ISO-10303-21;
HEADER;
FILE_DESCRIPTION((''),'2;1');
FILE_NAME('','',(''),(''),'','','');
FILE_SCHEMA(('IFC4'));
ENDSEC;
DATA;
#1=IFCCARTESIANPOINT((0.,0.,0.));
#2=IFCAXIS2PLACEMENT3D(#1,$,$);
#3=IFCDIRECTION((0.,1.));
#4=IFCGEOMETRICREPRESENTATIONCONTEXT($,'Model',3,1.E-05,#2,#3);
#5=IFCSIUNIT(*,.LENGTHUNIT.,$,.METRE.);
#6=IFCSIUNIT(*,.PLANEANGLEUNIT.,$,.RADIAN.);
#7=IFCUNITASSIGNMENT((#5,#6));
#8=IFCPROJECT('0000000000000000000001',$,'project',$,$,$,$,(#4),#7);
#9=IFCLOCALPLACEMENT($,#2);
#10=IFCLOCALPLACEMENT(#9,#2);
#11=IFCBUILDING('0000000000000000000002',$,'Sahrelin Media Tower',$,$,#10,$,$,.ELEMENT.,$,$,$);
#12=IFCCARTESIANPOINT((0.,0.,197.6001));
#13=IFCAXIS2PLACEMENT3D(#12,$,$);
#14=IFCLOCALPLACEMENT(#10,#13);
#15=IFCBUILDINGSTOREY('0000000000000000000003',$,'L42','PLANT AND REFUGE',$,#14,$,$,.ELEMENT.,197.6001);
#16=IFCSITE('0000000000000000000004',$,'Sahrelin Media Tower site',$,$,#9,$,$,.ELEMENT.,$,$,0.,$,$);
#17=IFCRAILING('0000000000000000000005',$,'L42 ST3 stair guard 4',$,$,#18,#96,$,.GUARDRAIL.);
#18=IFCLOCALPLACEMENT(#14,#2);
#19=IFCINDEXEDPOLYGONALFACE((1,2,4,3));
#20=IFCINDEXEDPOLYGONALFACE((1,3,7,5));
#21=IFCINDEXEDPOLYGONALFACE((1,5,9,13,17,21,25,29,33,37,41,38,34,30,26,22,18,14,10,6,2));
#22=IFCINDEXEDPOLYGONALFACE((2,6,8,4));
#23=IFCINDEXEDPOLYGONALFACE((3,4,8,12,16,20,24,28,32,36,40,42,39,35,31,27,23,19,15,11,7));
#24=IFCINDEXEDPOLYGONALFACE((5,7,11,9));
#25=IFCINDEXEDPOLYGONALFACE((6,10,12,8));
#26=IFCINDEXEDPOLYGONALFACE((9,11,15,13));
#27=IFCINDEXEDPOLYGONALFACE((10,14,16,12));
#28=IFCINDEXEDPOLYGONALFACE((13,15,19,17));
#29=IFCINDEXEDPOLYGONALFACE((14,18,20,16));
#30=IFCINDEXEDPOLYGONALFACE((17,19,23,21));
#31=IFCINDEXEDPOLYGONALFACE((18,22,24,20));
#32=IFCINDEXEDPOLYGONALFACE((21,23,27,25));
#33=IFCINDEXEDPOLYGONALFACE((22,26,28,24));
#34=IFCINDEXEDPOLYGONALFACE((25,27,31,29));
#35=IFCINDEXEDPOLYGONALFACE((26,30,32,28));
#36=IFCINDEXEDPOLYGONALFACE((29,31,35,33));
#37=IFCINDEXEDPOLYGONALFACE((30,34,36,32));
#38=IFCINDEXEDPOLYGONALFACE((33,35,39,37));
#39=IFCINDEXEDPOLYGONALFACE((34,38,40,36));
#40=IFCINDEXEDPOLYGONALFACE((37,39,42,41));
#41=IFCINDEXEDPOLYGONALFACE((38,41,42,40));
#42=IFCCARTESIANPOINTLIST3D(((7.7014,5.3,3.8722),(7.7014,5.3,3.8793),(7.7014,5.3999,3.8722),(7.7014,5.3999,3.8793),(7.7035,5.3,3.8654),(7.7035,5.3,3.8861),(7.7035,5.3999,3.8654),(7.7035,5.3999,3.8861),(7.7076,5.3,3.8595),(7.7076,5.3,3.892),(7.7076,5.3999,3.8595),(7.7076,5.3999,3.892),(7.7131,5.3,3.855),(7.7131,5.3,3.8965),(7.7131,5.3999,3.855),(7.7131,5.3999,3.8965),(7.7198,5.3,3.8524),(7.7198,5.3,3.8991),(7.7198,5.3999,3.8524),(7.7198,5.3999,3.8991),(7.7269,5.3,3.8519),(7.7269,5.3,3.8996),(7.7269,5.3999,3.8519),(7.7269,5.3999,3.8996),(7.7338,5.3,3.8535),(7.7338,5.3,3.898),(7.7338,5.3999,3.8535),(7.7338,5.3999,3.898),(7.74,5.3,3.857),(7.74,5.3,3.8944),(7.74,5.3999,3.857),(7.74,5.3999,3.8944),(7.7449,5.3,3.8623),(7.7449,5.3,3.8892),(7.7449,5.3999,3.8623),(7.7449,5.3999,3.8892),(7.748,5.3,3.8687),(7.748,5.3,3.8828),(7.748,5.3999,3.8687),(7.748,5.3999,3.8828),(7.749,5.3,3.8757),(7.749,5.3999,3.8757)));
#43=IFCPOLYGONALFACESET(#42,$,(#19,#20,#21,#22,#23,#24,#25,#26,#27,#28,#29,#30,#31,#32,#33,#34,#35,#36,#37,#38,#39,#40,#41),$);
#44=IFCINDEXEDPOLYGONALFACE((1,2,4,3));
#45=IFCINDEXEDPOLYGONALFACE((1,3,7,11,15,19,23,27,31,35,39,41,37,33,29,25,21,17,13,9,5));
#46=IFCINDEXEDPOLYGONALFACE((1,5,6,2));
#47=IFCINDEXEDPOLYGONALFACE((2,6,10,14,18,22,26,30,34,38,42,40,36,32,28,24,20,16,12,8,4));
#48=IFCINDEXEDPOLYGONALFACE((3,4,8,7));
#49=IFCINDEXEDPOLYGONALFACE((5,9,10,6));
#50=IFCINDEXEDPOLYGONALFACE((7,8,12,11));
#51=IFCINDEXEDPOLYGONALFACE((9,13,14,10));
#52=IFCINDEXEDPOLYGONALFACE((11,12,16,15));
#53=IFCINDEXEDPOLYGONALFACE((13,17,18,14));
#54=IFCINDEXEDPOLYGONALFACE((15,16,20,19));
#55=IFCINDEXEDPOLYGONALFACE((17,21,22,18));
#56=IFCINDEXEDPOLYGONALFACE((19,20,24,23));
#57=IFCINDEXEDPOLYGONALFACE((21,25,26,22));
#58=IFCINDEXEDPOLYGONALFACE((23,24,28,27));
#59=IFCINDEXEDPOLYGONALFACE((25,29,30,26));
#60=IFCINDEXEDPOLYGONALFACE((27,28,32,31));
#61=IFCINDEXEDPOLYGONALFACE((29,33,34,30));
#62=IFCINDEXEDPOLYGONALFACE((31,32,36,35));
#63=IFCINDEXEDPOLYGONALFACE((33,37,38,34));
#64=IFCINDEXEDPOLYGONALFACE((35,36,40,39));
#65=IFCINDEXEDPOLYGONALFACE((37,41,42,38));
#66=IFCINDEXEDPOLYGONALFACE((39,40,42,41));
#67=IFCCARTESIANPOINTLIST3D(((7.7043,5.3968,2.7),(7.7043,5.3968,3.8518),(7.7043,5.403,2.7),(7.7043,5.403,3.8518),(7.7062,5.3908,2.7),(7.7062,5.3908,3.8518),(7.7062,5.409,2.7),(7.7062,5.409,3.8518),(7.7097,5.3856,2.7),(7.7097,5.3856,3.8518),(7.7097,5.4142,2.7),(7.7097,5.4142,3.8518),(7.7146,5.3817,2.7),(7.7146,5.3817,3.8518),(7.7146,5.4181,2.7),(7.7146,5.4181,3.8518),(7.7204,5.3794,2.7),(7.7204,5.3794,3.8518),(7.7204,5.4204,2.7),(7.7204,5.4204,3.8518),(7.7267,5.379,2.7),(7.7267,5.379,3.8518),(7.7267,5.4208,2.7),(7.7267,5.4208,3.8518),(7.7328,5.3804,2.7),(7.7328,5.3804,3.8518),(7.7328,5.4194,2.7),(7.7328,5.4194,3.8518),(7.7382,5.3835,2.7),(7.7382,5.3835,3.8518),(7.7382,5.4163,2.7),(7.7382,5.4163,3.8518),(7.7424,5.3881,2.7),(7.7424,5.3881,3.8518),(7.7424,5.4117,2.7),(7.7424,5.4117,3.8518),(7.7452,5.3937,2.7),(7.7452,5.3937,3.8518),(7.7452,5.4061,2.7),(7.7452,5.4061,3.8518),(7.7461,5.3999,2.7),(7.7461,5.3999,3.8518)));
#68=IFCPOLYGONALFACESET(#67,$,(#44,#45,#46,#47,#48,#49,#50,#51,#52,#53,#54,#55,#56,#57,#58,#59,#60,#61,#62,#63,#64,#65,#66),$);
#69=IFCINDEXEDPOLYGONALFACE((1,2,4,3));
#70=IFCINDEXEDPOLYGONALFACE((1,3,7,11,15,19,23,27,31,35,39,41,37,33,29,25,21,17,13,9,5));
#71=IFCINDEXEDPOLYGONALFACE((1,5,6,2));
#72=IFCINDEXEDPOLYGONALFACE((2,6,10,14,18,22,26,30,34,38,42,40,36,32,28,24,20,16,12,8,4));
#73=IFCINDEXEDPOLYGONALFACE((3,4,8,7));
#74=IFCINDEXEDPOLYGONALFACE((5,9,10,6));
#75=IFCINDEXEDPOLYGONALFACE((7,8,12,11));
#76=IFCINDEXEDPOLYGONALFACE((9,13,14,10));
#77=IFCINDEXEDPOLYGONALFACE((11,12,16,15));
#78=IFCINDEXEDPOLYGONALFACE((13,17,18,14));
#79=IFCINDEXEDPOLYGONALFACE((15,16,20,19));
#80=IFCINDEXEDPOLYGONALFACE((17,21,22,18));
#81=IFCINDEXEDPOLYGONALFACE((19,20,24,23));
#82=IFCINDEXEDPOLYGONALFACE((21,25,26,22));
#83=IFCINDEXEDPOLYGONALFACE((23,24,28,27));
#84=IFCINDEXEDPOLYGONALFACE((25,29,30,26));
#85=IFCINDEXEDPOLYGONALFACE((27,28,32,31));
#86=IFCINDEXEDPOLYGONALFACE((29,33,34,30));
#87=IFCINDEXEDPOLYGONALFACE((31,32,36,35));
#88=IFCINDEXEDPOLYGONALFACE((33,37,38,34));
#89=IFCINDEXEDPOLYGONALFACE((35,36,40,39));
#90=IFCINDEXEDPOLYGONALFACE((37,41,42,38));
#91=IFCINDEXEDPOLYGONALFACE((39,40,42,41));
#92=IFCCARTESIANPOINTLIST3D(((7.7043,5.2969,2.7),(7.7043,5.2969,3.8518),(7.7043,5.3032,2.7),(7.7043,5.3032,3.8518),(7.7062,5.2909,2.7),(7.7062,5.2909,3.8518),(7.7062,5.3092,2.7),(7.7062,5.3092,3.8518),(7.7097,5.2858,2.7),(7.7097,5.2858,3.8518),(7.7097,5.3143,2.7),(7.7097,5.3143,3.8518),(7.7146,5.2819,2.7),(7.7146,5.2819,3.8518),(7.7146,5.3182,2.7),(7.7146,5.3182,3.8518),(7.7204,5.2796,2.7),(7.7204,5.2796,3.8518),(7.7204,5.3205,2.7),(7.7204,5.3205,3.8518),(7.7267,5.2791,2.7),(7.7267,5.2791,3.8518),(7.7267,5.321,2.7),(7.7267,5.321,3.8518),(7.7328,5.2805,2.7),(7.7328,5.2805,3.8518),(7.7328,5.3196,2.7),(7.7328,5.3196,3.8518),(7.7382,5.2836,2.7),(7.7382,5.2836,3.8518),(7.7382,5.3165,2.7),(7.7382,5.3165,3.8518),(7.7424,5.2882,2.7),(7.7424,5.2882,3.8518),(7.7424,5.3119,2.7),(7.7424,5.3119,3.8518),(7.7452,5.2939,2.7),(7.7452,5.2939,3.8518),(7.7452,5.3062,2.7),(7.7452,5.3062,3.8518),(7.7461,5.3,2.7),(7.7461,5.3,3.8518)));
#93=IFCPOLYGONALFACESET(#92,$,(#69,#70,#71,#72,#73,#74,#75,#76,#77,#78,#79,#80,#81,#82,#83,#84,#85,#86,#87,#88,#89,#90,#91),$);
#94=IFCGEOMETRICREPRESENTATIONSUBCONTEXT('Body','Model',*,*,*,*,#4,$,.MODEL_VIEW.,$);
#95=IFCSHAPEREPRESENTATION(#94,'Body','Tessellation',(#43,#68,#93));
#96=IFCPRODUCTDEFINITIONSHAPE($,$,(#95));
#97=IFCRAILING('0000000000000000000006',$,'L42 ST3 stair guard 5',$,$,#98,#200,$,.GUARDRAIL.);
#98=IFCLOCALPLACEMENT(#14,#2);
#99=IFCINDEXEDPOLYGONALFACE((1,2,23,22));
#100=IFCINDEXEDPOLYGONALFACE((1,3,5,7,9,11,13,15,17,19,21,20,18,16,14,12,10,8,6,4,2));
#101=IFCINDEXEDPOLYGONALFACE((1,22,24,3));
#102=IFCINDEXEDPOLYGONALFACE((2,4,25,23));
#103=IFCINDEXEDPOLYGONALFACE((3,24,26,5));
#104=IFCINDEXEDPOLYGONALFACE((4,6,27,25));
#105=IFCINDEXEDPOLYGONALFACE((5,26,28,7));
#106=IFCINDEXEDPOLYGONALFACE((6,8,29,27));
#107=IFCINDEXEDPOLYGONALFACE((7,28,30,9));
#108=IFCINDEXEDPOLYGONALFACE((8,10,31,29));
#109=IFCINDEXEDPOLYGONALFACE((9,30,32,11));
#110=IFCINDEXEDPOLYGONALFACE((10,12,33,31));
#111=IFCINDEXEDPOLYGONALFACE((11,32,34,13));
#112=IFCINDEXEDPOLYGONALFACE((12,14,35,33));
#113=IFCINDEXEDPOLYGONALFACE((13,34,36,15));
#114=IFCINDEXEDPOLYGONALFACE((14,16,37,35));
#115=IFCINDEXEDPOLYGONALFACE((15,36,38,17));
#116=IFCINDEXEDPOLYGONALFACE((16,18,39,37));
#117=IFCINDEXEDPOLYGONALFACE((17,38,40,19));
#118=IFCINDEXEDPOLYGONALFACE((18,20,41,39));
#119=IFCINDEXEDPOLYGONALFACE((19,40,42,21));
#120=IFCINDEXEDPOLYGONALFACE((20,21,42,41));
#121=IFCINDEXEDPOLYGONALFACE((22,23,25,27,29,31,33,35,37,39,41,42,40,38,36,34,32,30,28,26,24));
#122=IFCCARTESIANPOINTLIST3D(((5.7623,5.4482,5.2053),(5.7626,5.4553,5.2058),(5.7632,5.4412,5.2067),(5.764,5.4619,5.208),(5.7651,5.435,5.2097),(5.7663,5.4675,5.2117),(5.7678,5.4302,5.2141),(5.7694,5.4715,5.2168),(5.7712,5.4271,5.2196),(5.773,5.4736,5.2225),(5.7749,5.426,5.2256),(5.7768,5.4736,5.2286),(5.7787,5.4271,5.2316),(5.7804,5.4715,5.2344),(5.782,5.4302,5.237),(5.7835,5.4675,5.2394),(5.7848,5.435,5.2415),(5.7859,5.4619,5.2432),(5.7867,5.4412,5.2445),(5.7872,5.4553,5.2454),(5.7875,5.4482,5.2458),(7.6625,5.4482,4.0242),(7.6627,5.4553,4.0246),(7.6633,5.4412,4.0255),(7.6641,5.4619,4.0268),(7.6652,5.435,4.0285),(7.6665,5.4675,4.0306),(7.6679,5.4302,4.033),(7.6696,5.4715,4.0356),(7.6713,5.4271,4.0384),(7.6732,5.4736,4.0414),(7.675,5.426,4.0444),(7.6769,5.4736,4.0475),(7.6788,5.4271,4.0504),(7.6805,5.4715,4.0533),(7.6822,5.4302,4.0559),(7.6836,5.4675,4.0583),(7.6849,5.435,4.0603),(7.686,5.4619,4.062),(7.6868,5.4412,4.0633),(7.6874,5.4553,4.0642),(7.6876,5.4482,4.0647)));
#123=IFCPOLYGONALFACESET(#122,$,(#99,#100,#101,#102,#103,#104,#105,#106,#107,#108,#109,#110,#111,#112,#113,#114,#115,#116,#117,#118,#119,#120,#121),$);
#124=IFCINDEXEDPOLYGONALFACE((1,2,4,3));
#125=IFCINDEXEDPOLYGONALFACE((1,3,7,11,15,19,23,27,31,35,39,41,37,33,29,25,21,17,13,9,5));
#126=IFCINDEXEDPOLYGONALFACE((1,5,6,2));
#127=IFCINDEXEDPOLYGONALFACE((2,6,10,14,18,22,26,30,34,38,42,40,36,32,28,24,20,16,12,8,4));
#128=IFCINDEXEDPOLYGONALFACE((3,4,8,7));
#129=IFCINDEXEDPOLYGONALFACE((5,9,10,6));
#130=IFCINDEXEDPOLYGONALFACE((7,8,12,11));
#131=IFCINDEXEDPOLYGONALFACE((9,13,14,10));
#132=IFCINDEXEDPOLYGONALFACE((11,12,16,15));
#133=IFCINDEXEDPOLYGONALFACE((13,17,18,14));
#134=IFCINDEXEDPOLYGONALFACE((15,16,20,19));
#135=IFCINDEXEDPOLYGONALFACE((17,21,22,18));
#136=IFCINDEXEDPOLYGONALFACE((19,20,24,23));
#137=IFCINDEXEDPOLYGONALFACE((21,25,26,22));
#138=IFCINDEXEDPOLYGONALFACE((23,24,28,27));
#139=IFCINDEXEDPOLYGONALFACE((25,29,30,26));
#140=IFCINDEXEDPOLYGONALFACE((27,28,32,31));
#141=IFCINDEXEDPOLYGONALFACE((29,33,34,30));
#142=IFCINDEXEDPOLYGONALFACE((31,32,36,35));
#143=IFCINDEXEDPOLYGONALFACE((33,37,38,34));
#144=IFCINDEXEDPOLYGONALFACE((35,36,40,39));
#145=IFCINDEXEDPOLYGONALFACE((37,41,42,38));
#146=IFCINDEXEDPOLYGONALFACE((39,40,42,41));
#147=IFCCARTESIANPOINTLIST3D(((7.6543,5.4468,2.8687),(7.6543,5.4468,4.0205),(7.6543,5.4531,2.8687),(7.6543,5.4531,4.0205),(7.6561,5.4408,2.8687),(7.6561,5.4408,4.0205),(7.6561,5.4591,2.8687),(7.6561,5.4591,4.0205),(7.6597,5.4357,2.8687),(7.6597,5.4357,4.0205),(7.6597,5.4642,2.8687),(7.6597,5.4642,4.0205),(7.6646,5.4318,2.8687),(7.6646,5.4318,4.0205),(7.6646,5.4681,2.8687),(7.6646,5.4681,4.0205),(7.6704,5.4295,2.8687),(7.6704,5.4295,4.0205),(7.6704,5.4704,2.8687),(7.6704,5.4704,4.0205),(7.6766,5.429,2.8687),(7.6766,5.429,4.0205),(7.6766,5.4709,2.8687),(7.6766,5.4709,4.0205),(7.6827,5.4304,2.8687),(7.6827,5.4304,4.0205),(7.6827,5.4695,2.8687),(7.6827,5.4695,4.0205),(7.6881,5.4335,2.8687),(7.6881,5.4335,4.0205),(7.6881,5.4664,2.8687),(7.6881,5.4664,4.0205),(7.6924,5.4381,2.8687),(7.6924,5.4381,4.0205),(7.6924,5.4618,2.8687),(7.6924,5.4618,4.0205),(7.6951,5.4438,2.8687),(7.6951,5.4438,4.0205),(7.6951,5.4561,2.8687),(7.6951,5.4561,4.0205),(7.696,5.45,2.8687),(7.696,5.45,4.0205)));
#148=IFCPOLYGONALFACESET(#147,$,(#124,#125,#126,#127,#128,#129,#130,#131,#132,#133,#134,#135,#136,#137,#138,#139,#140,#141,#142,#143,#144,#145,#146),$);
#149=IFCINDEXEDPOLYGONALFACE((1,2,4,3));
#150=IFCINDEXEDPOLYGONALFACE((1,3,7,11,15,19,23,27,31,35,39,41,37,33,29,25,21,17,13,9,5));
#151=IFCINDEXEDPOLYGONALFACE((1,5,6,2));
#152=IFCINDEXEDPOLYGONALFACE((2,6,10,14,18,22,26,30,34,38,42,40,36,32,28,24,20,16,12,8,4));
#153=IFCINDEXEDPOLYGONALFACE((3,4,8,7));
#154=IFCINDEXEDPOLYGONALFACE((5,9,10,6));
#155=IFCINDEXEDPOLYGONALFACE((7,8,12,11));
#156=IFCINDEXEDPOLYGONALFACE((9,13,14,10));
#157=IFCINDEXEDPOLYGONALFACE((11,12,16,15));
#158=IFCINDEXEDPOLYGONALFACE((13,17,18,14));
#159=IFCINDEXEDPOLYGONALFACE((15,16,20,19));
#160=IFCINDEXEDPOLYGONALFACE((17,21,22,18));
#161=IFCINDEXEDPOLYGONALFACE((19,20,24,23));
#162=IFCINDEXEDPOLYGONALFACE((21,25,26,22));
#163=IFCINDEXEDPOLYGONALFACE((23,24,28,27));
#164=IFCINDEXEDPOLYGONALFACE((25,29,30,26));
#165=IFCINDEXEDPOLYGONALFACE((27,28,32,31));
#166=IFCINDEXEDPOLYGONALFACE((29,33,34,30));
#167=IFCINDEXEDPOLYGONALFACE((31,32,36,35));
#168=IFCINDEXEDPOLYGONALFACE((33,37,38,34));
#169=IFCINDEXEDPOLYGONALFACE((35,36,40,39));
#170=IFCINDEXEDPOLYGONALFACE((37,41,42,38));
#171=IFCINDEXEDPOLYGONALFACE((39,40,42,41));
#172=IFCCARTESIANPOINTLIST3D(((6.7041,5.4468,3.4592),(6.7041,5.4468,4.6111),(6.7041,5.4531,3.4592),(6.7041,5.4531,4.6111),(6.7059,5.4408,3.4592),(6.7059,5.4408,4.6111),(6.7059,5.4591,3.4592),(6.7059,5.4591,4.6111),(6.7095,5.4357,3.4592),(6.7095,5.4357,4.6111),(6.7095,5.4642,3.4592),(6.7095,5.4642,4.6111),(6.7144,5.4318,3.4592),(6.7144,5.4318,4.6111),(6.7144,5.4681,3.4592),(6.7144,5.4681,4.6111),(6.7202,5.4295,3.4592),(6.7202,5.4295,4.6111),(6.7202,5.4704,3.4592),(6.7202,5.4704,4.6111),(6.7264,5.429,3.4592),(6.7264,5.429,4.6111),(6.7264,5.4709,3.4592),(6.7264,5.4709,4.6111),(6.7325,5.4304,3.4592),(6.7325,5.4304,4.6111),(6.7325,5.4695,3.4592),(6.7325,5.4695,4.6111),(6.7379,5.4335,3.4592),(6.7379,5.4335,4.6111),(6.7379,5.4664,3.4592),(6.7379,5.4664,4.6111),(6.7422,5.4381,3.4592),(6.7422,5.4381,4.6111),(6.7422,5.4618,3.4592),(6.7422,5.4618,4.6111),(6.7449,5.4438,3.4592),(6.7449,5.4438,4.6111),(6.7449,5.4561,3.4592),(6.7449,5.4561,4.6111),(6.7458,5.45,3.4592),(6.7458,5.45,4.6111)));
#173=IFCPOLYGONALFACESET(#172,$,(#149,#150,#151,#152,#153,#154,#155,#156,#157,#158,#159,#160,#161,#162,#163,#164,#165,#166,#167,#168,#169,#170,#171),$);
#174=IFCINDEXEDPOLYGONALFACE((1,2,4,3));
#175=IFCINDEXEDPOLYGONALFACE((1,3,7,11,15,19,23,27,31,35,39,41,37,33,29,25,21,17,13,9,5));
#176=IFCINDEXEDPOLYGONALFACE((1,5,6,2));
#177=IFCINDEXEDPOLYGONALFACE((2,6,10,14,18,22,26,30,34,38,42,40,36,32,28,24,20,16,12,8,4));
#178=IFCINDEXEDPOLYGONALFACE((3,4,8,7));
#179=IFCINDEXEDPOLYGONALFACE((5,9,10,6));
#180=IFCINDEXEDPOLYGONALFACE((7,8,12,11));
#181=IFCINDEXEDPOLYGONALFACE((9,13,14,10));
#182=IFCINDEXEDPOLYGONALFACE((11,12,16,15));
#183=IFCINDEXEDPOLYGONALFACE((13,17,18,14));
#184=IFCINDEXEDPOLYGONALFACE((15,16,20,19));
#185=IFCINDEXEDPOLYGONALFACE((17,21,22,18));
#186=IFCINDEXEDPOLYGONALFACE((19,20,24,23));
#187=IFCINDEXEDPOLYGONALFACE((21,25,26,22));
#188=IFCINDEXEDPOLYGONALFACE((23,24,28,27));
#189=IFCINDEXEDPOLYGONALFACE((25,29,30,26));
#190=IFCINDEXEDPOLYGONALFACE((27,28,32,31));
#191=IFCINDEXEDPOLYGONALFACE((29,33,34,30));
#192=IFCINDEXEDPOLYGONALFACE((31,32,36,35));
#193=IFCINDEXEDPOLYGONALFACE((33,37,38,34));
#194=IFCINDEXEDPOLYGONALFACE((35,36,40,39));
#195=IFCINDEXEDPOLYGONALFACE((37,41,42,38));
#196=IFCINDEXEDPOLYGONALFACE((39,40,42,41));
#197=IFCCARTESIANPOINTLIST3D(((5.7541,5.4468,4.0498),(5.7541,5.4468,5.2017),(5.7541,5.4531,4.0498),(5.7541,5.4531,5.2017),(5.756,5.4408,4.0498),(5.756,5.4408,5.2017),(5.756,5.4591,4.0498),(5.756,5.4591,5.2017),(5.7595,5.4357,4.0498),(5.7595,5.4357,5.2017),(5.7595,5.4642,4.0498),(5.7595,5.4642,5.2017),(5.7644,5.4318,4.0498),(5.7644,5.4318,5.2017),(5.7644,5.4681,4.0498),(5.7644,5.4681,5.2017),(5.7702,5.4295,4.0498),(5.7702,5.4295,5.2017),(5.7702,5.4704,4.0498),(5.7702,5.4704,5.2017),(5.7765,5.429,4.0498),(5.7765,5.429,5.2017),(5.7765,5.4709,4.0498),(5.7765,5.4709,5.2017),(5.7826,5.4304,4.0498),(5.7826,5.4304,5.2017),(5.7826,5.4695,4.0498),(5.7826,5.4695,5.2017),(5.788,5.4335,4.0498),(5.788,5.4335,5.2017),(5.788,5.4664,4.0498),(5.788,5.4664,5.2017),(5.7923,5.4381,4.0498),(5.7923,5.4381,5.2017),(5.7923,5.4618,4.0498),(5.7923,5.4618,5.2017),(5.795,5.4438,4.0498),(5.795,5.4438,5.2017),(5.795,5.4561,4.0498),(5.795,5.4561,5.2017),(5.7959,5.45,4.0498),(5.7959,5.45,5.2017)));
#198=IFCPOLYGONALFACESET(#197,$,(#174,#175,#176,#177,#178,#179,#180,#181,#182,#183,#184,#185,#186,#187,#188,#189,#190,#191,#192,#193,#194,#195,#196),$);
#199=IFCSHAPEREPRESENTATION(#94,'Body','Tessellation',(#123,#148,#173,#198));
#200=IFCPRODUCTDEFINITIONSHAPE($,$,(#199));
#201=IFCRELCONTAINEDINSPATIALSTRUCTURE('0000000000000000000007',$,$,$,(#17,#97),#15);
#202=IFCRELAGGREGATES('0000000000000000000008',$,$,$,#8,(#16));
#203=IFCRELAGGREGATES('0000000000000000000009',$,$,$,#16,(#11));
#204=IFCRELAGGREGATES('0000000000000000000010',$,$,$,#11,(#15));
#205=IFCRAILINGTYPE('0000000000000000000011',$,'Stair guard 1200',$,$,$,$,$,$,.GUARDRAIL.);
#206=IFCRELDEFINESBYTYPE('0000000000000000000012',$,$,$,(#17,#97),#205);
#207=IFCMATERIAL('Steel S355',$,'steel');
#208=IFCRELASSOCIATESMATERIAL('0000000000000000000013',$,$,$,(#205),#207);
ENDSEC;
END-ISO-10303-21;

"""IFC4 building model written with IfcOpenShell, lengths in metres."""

from ifc_helpers import new_model, si_unit, direction, frame, origin, origin_2d, place, context, subcontext, project, spatial, circle, extrude, material, type_object, element, save


model = new_model("IFC4")

# Units and contexts
model_context = context("Model", 3, precision=1e-05, world=origin(), true_north=direction((0.0, 1.0)))
body_context = subcontext(model_context, "Body", "Model", "MODEL_VIEW")
ifc_project = project(units=[si_unit("LENGTHUNIT", "METRE"), si_unit("PLANEANGLEUNIT", "RADIAN")], contexts=[model_context])

# Site, building, storey
site_placement = place(None, origin())
site = spatial("IfcSite", under=ifc_project, at=site_placement, Name="Sahrelin Media Tower site", CompositionType="ELEMENT", RefElevation=0.0)
building_placement = place(site_placement, origin())
building = spatial("IfcBuilding", under=site, at=building_placement, Name="Sahrelin Media Tower", CompositionType="ELEMENT")
storey_placement = place(building_placement, frame((0.0, 0.0, 197.6001)))
storey = spatial("IfcBuildingStorey", under=building, at=storey_placement, Name="L42", Description="PLANT AND REFUGE", CompositionType="ELEMENT", Elevation=197.6001)

# Shared definitions
ifc_material_1 = material(Name="Steel S355", Category="steel")

# Railings
railing_type_1 = type_object("IfcRailingType", Name="Stair guard 1200", PredefinedType="GUARDRAIL", material=ifc_material_1)
for number, where, name in (
    (1, (7.7251, 5.3999, 2.7), "L42 ST3 stair guard 4"),
):
    element("IfcRailing", number, at=place(storey_placement, frame(where)), inside=storey, type_object=railing_type_1, Name=name, PredefinedType="GUARDRAIL", context=body_context, shape_type="SweptSolid", body=[
        extrude(circle(Radius=0.0239, at=origin_2d()), frame((0.0, 0.0, 1.1758), z_axis=(0.0, -1.0, 0.0), x_axis=(1.0, 0.0, 0.0)), (0.0, 0.0, 1.0), 0.0999),
        extrude(circle(Radius=0.021, at=origin_2d()), origin(), (0.0, 0.0, 1.0), 1.1519),
        extrude(circle(Radius=0.021, at=origin_2d()), frame((0.0, -0.0999, 0.0)), (0.0, 0.0, 1.0), 1.1519),
    ])
railing_1_placement = place(storey_placement, frame((7.675, 5.45, 2.8687)))
element("IfcRailing", 2, at=railing_1_placement, inside=storey, type_object=railing_type_1, Name="L42 ST3 stair guard 5", PredefinedType="GUARDRAIL", context=body_context, shape_type="SweptSolid", body=[
    extrude(circle(Radius=0.0239, at=origin_2d()), frame((0.0, 0.0, 1.1758), z_axis=(-0.849289, 0.0, 0.527928), x_axis=(0.0, -1.0, 0.0)), (0.0, 0.0, 1.0), 2.2373),
    extrude(circle(Radius=0.021, at=origin_2d()), origin(), (0.0, 0.0, 1.0), 1.1519),
    extrude(circle(Radius=0.021, at=origin_2d()), frame((-0.9502, 0.0, 0.5906)), (0.0, 0.0, 1.0), 1.1519),
    extrude(circle(Radius=0.021, at=origin_2d()), frame((-1.9001, 0.0, 1.1812)), (0.0, 0.0, 1.0), 1.1519),
])

save(model, "model.ifc")
